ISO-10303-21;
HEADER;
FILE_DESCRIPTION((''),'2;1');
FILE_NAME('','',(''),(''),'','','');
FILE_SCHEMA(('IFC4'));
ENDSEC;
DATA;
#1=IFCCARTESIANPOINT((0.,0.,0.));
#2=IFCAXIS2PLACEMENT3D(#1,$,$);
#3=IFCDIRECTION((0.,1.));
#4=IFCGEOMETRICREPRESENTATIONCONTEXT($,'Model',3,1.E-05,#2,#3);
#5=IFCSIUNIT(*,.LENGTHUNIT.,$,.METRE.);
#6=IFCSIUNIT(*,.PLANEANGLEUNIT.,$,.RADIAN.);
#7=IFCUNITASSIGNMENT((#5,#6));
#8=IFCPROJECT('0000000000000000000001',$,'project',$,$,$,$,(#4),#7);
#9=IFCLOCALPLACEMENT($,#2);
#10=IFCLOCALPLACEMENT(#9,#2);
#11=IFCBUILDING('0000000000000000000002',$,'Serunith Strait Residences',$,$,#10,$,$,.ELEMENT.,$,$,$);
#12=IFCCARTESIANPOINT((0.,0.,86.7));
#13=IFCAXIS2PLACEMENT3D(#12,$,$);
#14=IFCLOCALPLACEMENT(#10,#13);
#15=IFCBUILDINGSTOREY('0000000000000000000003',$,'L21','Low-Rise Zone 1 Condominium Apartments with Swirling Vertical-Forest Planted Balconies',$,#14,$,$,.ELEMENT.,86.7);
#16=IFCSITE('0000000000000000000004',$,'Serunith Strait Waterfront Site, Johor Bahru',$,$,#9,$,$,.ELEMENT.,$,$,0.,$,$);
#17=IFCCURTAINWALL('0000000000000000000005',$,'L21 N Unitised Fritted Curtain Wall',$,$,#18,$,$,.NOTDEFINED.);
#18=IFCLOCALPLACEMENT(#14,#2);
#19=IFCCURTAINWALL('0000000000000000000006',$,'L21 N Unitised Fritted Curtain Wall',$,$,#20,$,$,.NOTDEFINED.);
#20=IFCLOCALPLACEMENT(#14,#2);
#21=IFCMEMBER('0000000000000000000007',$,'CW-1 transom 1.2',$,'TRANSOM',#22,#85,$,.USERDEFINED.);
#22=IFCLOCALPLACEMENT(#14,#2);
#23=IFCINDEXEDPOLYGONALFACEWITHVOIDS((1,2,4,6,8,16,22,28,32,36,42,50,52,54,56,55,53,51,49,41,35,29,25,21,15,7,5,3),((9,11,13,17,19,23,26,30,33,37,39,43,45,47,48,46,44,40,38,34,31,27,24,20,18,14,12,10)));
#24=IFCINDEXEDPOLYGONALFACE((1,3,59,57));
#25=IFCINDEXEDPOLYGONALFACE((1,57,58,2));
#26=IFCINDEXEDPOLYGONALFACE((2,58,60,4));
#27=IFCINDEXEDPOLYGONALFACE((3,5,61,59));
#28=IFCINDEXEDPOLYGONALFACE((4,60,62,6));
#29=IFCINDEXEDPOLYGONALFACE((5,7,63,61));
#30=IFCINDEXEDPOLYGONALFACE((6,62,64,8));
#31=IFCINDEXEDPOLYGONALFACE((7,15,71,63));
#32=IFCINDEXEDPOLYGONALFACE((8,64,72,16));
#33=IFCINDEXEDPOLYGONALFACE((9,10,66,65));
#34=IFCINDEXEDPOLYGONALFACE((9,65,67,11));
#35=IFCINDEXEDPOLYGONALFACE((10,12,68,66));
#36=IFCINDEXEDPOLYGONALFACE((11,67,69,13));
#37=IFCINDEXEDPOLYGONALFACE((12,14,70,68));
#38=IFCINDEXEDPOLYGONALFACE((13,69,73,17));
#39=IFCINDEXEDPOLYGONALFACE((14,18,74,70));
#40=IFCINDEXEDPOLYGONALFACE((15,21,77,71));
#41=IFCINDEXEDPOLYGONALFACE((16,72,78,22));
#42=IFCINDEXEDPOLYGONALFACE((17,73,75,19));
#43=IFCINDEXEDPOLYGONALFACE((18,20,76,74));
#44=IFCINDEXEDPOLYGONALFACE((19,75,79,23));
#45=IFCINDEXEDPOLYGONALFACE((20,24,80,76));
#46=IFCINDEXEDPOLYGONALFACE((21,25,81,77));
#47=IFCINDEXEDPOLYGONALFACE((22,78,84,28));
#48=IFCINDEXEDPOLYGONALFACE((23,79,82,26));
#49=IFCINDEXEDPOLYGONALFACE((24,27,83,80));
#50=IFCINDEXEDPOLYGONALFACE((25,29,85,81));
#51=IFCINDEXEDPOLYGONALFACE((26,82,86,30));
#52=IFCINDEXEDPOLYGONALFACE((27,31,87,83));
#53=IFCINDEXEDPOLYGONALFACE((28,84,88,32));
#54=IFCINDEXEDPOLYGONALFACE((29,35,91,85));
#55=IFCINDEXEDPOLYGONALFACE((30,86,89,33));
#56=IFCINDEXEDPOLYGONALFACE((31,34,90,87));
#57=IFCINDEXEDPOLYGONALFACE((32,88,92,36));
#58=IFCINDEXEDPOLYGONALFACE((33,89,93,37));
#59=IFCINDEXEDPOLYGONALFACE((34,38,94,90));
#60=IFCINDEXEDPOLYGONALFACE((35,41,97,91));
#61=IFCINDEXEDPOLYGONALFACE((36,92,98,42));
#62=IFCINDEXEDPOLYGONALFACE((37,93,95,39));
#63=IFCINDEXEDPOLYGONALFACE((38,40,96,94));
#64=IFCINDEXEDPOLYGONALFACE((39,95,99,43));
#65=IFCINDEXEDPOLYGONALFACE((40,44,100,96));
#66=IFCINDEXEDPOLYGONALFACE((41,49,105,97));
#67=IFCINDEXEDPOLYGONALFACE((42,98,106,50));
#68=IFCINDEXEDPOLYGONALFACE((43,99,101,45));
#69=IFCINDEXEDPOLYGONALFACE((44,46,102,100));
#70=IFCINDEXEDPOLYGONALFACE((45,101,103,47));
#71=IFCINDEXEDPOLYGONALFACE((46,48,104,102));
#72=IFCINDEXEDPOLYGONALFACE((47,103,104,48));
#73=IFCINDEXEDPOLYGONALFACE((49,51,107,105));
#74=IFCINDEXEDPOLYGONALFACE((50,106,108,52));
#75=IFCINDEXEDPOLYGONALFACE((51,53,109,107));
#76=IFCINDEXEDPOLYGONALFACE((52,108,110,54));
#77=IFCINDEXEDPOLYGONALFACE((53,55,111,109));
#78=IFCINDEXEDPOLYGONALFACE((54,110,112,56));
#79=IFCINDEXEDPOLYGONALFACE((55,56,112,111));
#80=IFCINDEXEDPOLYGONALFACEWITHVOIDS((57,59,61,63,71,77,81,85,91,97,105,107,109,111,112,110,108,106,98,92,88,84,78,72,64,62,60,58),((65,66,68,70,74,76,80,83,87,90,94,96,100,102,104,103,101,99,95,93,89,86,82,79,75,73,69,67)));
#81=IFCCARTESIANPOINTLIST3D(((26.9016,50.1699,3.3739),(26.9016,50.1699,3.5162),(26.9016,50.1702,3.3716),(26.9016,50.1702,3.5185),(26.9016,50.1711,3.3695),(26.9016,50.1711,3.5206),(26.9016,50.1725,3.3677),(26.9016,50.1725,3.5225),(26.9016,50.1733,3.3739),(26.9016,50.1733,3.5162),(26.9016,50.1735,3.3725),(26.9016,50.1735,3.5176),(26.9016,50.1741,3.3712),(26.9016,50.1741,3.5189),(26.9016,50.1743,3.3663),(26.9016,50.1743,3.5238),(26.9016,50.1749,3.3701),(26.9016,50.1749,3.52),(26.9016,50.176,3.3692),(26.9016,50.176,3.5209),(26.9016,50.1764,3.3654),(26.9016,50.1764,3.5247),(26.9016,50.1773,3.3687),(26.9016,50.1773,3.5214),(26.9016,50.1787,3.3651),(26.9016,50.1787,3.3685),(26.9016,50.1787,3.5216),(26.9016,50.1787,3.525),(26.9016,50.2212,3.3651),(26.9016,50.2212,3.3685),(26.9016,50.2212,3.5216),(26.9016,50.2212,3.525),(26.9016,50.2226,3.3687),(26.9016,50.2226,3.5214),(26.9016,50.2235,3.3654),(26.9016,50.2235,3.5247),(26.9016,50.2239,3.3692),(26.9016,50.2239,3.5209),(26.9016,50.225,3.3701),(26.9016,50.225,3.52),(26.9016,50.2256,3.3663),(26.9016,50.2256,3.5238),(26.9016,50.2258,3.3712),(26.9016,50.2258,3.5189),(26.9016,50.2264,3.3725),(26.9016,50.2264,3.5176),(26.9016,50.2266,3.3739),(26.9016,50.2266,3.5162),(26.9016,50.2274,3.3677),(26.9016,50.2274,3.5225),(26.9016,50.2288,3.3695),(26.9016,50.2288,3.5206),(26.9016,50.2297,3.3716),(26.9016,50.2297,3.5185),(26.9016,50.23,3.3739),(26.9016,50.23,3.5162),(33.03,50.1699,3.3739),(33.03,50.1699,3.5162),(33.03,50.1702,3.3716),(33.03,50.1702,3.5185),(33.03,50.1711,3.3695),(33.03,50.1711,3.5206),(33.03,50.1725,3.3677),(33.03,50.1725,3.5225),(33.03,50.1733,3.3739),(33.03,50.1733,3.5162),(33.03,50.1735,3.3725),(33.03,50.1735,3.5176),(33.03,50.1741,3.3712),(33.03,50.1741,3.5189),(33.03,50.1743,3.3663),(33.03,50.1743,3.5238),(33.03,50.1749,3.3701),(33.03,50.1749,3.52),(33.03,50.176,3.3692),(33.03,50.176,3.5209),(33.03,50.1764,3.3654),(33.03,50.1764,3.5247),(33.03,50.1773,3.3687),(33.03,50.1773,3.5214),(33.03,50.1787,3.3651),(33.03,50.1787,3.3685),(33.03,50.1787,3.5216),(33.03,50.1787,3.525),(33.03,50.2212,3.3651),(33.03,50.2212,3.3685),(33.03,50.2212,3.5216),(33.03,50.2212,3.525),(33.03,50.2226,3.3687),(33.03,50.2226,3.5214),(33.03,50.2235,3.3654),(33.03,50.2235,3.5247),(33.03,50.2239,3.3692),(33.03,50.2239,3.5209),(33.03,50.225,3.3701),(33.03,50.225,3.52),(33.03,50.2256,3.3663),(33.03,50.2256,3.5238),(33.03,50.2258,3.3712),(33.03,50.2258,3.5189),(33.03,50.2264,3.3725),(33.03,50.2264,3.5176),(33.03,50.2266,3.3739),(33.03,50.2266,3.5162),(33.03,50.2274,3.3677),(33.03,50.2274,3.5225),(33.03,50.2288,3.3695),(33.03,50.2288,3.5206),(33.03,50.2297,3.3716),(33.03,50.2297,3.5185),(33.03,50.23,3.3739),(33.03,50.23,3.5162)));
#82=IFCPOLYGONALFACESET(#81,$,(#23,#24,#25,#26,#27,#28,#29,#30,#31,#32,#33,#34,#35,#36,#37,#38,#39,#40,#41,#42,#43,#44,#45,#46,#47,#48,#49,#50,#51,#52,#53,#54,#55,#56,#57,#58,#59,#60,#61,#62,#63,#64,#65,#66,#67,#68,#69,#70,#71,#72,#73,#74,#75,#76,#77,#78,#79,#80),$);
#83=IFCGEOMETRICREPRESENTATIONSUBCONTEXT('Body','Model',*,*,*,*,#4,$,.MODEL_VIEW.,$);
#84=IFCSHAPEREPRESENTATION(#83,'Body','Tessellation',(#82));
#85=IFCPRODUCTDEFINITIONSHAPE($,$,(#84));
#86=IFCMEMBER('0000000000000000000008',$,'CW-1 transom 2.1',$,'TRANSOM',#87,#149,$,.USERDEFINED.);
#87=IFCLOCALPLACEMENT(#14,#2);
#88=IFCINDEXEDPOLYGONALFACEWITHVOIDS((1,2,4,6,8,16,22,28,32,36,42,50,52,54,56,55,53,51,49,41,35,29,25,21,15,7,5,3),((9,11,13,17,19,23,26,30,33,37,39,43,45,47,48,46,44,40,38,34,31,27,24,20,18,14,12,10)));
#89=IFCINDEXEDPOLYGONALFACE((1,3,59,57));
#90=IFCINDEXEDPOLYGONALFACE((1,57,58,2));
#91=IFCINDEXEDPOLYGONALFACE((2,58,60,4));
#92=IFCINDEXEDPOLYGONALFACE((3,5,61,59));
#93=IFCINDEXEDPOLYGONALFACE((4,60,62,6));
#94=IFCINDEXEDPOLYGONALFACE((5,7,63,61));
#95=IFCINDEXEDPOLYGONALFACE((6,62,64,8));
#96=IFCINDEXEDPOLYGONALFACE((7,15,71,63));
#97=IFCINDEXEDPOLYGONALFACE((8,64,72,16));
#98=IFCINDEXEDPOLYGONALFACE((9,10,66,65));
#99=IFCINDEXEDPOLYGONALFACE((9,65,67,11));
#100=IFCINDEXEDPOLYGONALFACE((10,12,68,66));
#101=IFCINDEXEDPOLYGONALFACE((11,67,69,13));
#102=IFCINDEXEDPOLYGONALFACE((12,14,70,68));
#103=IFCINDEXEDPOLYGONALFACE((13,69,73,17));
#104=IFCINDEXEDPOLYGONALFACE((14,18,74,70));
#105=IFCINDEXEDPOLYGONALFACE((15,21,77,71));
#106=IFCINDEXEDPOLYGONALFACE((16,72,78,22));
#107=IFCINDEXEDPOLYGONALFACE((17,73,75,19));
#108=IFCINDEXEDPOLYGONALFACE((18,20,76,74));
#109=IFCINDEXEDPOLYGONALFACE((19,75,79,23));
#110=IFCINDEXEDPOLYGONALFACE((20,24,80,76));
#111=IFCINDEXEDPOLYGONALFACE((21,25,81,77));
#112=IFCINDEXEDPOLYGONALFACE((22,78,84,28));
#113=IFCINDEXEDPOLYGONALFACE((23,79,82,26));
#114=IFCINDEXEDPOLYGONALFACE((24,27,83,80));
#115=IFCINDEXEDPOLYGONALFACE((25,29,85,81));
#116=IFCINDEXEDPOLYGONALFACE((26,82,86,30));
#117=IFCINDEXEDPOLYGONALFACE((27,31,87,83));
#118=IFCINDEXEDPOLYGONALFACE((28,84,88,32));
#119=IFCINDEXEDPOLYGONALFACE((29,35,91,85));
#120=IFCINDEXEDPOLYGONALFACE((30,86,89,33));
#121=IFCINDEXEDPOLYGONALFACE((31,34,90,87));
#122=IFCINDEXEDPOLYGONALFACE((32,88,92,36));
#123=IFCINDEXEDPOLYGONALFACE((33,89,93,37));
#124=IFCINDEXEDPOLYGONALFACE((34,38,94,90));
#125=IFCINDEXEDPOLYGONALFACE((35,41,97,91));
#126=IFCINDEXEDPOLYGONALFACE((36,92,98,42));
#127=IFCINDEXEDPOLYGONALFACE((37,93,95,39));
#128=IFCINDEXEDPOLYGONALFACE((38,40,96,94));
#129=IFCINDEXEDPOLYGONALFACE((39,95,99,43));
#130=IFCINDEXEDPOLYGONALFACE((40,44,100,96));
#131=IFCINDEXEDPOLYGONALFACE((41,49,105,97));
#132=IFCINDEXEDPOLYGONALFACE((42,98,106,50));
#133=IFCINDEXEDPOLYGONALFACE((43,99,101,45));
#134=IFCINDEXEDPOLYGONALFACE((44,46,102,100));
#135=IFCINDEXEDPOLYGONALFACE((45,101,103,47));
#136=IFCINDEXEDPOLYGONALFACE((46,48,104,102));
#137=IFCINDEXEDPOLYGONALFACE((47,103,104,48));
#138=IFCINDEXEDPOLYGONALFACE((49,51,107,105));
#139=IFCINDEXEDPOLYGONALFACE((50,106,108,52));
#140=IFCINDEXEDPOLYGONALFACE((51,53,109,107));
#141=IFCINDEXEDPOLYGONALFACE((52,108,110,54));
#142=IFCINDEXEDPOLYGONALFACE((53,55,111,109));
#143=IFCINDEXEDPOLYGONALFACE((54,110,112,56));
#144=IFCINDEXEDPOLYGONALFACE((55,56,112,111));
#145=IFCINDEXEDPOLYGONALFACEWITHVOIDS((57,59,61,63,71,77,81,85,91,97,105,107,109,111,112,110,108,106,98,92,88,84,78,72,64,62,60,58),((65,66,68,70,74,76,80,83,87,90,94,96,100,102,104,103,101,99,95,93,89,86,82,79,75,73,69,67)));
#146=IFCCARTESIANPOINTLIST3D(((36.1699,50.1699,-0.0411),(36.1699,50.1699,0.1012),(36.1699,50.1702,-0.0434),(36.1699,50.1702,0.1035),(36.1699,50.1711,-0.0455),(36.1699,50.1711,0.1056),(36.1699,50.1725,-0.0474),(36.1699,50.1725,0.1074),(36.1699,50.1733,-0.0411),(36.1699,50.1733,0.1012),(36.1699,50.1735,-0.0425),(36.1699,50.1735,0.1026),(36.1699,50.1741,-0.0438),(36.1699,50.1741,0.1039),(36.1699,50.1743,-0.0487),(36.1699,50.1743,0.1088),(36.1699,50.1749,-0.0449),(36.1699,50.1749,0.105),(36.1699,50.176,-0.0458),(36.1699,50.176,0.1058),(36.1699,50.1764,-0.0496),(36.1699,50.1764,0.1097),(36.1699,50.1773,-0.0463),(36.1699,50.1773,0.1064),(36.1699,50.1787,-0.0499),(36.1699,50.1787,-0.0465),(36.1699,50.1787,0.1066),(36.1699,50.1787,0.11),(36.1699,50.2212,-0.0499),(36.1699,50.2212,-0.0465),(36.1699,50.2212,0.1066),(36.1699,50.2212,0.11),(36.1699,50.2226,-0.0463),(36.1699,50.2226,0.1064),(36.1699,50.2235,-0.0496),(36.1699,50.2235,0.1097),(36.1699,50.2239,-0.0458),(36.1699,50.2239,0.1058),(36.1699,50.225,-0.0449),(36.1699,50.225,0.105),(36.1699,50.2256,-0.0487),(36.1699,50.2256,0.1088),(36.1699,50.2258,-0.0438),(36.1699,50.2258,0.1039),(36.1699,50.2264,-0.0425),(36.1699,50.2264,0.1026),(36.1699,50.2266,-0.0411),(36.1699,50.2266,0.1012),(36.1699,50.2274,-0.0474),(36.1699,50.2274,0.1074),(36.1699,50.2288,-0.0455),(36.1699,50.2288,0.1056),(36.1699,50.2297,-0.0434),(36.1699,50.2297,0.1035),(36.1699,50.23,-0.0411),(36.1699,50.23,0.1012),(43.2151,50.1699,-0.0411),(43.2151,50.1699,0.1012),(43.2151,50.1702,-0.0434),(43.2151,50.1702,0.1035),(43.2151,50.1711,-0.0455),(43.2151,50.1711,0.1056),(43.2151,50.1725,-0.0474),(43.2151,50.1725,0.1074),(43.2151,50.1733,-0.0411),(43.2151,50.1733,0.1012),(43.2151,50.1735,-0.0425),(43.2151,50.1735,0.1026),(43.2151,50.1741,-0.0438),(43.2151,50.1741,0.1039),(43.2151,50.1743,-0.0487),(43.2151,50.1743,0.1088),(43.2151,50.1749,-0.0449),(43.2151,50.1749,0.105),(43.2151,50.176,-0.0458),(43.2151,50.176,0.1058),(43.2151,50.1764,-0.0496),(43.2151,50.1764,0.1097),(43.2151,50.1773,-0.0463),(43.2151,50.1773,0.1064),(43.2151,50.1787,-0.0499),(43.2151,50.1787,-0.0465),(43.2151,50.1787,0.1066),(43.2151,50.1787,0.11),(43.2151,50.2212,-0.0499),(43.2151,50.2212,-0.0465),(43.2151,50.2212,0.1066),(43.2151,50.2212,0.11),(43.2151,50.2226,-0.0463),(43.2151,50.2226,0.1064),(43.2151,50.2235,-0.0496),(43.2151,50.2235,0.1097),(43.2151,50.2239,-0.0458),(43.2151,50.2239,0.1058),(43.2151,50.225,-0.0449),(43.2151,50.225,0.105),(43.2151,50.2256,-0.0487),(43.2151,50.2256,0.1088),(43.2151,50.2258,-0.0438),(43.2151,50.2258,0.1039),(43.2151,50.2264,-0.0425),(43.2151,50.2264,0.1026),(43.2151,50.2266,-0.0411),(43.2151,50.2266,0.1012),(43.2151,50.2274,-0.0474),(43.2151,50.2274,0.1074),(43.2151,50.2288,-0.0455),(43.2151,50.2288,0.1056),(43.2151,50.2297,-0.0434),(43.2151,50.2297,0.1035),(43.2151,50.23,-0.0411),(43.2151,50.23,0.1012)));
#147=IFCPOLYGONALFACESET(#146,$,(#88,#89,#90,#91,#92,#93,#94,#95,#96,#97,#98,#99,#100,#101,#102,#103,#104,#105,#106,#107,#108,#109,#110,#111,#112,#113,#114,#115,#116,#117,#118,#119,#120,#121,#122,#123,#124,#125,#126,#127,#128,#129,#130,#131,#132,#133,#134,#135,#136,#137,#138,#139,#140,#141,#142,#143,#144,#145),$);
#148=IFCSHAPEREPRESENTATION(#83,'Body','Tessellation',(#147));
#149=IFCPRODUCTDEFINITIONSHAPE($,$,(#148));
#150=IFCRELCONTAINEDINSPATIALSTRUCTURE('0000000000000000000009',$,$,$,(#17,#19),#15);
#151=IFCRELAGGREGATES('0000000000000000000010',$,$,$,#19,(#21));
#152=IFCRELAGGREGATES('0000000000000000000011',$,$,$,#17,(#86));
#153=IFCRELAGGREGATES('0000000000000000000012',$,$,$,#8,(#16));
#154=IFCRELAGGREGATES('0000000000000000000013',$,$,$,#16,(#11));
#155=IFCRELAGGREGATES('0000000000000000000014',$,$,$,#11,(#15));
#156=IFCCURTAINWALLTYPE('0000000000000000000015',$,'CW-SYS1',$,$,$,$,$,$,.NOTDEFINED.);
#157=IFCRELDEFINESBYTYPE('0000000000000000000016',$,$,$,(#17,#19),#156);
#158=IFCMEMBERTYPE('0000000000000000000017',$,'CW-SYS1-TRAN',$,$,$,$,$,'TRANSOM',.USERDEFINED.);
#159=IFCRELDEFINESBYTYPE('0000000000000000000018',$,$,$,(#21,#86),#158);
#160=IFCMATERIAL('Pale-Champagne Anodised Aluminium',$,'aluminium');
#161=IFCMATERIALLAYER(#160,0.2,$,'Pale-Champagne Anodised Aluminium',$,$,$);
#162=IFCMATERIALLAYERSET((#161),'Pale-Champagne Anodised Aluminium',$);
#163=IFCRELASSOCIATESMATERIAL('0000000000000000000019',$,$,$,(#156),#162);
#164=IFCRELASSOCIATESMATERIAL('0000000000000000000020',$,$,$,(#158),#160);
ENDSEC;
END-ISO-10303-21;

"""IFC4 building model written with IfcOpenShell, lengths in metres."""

from ifc_helpers import new_model, si_unit, direction, frame, origin, origin_2d, place, context, subcontext, project, spatial, hollow_rectangle, extrude, source, transform, mapped, material, layer, layer_set, material_profile, profile_set, type_object, element, aggregate, save


model = new_model("IFC4")

# Units and contexts
model_context = context("Model", 3, precision=1e-05, world=origin(), true_north=direction((0.0, 1.0)))
body_context = subcontext(model_context, "Body", "Model", "MODEL_VIEW")
ifc_project = project(units=[si_unit("LENGTHUNIT", "METRE"), si_unit("PLANEANGLEUNIT", "RADIAN")], contexts=[model_context])

# Site, building, storey
site_placement = place(None, origin())
site = spatial("IfcSite", under=ifc_project, at=site_placement, Name="Serunith Strait Waterfront Site, Johor Bahru", CompositionType="ELEMENT", RefElevation=0.0)
building_placement = place(site_placement, origin())
building = spatial("IfcBuilding", under=site, at=building_placement, Name="Serunith Strait Residences", CompositionType="ELEMENT")
storey_placement = place(building_placement, frame((0.0, 0.0, 86.7)))
storey = spatial("IfcBuildingStorey", under=building, at=storey_placement, Name="L21", Description="Low-Rise Zone 1 Condominium Apartments with Swirling Vertical-Forest Planted Balconies", CompositionType="ELEMENT", Elevation=86.7)

# Curtain walls, member
ifc_material_1 = material(Name="Pale-Champagne Anodised Aluminium", Category="aluminium")
ifc_layer_1 = layer(ifc_material_1, 0.2, Name="Pale-Champagne Anodised Aluminium")
ifc_layer_set_1 = layer_set([ifc_layer_1], Name="Pale-Champagne Anodised Aluminium")
curtain_wall_type = type_object("IfcCurtainWallType", Name="CW-SYS1", PredefinedType="NOTDEFINED", material=ifc_layer_set_1)
curtain_wall_1_placement = place(storey_placement, origin())
curtain_wall_1 = element("IfcCurtainWall", 1, at=curtain_wall_1_placement, inside=storey, type_object=curtain_wall_type, Name="L21 N Unitised Fritted Curtain Wall", PredefinedType="NOTDEFINED")
curtain_wall_2_placement = place(storey_placement, origin())
curtain_wall_2 = element("IfcCurtainWall", 2, at=curtain_wall_2_placement, inside=storey, type_object=curtain_wall_type, Name="L21 N Unitised Fritted Curtain Wall", PredefinedType="NOTDEFINED")
ifc_material_profile_1 = material_profile(ifc_material_1, hollow_rectangle(XDim=0.0601, YDim=0.1599, WallThickness=0.0034, InnerFilletRadius=0.0054, OuterFilletRadius=0.0088, at=origin_2d()), Name="ALU 160x60x3.5")
ifc_profile_set_1 = profile_set([ifc_material_profile_1], Name="Pale-Champagne Anodised Aluminium")
member_type_1 = type_object("IfcMemberType", Name="CW-SYS1-TRAN", ElementType="TRANSOM", PredefinedType="USERDEFINED", material=ifc_profile_set_1)
shared_shape_1 = source(origin(), body_context, "Body", "SweptSolid", [
    extrude(hollow_rectangle(XDim=0.0601, YDim=0.1599, WallThickness=0.0034, InnerFilletRadius=0.0054, OuterFilletRadius=0.0088, at=origin_2d()), origin(), (0.0, 0.0, 1.0), 6.1284),
])
member_1_placement = place(storey_placement, frame((33.03, 50.2, 3.4451), z_axis=(-1.0, 0.0, 0.0), x_axis=(0.0, -1.0, 0.0)))
member_1 = element("IfcMember", 3, at=member_1_placement, type_object=member_type_1, Name="CW-1 transom 1.2", ObjectType="TRANSOM", PredefinedType="USERDEFINED", context=body_context, shape_type="MappedRepresentation", body=[
    mapped(shared_shape_1, transform((0.0, 0.0, 0.0), scale=1.0)),
])
aggregate(curtain_wall_2, [member_1])

# Member
shared_shape_2 = source(origin(), body_context, "Body", "SweptSolid", [
    extrude(hollow_rectangle(XDim=0.0601, YDim=0.1599, WallThickness=0.0034, InnerFilletRadius=0.0054, OuterFilletRadius=0.0088, at=origin_2d()), origin(), (0.0, 0.0, 1.0), 7.0452),
])
member_2_placement = place(storey_placement, frame((43.2151, 50.2, 0.03), z_axis=(-1.0, 0.0, 0.0), x_axis=(0.0, -1.0, 0.0)))
member_2 = element("IfcMember", 4, at=member_2_placement, type_object=member_type_1, Name="CW-1 transom 2.1", ObjectType="TRANSOM", PredefinedType="USERDEFINED", context=body_context, shape_type="MappedRepresentation", body=[
    mapped(shared_shape_2, transform((0.0, 0.0, 0.0), scale=1.0)),
])

aggregate(curtain_wall_1, [member_2])

save(model, "model.ifc")
